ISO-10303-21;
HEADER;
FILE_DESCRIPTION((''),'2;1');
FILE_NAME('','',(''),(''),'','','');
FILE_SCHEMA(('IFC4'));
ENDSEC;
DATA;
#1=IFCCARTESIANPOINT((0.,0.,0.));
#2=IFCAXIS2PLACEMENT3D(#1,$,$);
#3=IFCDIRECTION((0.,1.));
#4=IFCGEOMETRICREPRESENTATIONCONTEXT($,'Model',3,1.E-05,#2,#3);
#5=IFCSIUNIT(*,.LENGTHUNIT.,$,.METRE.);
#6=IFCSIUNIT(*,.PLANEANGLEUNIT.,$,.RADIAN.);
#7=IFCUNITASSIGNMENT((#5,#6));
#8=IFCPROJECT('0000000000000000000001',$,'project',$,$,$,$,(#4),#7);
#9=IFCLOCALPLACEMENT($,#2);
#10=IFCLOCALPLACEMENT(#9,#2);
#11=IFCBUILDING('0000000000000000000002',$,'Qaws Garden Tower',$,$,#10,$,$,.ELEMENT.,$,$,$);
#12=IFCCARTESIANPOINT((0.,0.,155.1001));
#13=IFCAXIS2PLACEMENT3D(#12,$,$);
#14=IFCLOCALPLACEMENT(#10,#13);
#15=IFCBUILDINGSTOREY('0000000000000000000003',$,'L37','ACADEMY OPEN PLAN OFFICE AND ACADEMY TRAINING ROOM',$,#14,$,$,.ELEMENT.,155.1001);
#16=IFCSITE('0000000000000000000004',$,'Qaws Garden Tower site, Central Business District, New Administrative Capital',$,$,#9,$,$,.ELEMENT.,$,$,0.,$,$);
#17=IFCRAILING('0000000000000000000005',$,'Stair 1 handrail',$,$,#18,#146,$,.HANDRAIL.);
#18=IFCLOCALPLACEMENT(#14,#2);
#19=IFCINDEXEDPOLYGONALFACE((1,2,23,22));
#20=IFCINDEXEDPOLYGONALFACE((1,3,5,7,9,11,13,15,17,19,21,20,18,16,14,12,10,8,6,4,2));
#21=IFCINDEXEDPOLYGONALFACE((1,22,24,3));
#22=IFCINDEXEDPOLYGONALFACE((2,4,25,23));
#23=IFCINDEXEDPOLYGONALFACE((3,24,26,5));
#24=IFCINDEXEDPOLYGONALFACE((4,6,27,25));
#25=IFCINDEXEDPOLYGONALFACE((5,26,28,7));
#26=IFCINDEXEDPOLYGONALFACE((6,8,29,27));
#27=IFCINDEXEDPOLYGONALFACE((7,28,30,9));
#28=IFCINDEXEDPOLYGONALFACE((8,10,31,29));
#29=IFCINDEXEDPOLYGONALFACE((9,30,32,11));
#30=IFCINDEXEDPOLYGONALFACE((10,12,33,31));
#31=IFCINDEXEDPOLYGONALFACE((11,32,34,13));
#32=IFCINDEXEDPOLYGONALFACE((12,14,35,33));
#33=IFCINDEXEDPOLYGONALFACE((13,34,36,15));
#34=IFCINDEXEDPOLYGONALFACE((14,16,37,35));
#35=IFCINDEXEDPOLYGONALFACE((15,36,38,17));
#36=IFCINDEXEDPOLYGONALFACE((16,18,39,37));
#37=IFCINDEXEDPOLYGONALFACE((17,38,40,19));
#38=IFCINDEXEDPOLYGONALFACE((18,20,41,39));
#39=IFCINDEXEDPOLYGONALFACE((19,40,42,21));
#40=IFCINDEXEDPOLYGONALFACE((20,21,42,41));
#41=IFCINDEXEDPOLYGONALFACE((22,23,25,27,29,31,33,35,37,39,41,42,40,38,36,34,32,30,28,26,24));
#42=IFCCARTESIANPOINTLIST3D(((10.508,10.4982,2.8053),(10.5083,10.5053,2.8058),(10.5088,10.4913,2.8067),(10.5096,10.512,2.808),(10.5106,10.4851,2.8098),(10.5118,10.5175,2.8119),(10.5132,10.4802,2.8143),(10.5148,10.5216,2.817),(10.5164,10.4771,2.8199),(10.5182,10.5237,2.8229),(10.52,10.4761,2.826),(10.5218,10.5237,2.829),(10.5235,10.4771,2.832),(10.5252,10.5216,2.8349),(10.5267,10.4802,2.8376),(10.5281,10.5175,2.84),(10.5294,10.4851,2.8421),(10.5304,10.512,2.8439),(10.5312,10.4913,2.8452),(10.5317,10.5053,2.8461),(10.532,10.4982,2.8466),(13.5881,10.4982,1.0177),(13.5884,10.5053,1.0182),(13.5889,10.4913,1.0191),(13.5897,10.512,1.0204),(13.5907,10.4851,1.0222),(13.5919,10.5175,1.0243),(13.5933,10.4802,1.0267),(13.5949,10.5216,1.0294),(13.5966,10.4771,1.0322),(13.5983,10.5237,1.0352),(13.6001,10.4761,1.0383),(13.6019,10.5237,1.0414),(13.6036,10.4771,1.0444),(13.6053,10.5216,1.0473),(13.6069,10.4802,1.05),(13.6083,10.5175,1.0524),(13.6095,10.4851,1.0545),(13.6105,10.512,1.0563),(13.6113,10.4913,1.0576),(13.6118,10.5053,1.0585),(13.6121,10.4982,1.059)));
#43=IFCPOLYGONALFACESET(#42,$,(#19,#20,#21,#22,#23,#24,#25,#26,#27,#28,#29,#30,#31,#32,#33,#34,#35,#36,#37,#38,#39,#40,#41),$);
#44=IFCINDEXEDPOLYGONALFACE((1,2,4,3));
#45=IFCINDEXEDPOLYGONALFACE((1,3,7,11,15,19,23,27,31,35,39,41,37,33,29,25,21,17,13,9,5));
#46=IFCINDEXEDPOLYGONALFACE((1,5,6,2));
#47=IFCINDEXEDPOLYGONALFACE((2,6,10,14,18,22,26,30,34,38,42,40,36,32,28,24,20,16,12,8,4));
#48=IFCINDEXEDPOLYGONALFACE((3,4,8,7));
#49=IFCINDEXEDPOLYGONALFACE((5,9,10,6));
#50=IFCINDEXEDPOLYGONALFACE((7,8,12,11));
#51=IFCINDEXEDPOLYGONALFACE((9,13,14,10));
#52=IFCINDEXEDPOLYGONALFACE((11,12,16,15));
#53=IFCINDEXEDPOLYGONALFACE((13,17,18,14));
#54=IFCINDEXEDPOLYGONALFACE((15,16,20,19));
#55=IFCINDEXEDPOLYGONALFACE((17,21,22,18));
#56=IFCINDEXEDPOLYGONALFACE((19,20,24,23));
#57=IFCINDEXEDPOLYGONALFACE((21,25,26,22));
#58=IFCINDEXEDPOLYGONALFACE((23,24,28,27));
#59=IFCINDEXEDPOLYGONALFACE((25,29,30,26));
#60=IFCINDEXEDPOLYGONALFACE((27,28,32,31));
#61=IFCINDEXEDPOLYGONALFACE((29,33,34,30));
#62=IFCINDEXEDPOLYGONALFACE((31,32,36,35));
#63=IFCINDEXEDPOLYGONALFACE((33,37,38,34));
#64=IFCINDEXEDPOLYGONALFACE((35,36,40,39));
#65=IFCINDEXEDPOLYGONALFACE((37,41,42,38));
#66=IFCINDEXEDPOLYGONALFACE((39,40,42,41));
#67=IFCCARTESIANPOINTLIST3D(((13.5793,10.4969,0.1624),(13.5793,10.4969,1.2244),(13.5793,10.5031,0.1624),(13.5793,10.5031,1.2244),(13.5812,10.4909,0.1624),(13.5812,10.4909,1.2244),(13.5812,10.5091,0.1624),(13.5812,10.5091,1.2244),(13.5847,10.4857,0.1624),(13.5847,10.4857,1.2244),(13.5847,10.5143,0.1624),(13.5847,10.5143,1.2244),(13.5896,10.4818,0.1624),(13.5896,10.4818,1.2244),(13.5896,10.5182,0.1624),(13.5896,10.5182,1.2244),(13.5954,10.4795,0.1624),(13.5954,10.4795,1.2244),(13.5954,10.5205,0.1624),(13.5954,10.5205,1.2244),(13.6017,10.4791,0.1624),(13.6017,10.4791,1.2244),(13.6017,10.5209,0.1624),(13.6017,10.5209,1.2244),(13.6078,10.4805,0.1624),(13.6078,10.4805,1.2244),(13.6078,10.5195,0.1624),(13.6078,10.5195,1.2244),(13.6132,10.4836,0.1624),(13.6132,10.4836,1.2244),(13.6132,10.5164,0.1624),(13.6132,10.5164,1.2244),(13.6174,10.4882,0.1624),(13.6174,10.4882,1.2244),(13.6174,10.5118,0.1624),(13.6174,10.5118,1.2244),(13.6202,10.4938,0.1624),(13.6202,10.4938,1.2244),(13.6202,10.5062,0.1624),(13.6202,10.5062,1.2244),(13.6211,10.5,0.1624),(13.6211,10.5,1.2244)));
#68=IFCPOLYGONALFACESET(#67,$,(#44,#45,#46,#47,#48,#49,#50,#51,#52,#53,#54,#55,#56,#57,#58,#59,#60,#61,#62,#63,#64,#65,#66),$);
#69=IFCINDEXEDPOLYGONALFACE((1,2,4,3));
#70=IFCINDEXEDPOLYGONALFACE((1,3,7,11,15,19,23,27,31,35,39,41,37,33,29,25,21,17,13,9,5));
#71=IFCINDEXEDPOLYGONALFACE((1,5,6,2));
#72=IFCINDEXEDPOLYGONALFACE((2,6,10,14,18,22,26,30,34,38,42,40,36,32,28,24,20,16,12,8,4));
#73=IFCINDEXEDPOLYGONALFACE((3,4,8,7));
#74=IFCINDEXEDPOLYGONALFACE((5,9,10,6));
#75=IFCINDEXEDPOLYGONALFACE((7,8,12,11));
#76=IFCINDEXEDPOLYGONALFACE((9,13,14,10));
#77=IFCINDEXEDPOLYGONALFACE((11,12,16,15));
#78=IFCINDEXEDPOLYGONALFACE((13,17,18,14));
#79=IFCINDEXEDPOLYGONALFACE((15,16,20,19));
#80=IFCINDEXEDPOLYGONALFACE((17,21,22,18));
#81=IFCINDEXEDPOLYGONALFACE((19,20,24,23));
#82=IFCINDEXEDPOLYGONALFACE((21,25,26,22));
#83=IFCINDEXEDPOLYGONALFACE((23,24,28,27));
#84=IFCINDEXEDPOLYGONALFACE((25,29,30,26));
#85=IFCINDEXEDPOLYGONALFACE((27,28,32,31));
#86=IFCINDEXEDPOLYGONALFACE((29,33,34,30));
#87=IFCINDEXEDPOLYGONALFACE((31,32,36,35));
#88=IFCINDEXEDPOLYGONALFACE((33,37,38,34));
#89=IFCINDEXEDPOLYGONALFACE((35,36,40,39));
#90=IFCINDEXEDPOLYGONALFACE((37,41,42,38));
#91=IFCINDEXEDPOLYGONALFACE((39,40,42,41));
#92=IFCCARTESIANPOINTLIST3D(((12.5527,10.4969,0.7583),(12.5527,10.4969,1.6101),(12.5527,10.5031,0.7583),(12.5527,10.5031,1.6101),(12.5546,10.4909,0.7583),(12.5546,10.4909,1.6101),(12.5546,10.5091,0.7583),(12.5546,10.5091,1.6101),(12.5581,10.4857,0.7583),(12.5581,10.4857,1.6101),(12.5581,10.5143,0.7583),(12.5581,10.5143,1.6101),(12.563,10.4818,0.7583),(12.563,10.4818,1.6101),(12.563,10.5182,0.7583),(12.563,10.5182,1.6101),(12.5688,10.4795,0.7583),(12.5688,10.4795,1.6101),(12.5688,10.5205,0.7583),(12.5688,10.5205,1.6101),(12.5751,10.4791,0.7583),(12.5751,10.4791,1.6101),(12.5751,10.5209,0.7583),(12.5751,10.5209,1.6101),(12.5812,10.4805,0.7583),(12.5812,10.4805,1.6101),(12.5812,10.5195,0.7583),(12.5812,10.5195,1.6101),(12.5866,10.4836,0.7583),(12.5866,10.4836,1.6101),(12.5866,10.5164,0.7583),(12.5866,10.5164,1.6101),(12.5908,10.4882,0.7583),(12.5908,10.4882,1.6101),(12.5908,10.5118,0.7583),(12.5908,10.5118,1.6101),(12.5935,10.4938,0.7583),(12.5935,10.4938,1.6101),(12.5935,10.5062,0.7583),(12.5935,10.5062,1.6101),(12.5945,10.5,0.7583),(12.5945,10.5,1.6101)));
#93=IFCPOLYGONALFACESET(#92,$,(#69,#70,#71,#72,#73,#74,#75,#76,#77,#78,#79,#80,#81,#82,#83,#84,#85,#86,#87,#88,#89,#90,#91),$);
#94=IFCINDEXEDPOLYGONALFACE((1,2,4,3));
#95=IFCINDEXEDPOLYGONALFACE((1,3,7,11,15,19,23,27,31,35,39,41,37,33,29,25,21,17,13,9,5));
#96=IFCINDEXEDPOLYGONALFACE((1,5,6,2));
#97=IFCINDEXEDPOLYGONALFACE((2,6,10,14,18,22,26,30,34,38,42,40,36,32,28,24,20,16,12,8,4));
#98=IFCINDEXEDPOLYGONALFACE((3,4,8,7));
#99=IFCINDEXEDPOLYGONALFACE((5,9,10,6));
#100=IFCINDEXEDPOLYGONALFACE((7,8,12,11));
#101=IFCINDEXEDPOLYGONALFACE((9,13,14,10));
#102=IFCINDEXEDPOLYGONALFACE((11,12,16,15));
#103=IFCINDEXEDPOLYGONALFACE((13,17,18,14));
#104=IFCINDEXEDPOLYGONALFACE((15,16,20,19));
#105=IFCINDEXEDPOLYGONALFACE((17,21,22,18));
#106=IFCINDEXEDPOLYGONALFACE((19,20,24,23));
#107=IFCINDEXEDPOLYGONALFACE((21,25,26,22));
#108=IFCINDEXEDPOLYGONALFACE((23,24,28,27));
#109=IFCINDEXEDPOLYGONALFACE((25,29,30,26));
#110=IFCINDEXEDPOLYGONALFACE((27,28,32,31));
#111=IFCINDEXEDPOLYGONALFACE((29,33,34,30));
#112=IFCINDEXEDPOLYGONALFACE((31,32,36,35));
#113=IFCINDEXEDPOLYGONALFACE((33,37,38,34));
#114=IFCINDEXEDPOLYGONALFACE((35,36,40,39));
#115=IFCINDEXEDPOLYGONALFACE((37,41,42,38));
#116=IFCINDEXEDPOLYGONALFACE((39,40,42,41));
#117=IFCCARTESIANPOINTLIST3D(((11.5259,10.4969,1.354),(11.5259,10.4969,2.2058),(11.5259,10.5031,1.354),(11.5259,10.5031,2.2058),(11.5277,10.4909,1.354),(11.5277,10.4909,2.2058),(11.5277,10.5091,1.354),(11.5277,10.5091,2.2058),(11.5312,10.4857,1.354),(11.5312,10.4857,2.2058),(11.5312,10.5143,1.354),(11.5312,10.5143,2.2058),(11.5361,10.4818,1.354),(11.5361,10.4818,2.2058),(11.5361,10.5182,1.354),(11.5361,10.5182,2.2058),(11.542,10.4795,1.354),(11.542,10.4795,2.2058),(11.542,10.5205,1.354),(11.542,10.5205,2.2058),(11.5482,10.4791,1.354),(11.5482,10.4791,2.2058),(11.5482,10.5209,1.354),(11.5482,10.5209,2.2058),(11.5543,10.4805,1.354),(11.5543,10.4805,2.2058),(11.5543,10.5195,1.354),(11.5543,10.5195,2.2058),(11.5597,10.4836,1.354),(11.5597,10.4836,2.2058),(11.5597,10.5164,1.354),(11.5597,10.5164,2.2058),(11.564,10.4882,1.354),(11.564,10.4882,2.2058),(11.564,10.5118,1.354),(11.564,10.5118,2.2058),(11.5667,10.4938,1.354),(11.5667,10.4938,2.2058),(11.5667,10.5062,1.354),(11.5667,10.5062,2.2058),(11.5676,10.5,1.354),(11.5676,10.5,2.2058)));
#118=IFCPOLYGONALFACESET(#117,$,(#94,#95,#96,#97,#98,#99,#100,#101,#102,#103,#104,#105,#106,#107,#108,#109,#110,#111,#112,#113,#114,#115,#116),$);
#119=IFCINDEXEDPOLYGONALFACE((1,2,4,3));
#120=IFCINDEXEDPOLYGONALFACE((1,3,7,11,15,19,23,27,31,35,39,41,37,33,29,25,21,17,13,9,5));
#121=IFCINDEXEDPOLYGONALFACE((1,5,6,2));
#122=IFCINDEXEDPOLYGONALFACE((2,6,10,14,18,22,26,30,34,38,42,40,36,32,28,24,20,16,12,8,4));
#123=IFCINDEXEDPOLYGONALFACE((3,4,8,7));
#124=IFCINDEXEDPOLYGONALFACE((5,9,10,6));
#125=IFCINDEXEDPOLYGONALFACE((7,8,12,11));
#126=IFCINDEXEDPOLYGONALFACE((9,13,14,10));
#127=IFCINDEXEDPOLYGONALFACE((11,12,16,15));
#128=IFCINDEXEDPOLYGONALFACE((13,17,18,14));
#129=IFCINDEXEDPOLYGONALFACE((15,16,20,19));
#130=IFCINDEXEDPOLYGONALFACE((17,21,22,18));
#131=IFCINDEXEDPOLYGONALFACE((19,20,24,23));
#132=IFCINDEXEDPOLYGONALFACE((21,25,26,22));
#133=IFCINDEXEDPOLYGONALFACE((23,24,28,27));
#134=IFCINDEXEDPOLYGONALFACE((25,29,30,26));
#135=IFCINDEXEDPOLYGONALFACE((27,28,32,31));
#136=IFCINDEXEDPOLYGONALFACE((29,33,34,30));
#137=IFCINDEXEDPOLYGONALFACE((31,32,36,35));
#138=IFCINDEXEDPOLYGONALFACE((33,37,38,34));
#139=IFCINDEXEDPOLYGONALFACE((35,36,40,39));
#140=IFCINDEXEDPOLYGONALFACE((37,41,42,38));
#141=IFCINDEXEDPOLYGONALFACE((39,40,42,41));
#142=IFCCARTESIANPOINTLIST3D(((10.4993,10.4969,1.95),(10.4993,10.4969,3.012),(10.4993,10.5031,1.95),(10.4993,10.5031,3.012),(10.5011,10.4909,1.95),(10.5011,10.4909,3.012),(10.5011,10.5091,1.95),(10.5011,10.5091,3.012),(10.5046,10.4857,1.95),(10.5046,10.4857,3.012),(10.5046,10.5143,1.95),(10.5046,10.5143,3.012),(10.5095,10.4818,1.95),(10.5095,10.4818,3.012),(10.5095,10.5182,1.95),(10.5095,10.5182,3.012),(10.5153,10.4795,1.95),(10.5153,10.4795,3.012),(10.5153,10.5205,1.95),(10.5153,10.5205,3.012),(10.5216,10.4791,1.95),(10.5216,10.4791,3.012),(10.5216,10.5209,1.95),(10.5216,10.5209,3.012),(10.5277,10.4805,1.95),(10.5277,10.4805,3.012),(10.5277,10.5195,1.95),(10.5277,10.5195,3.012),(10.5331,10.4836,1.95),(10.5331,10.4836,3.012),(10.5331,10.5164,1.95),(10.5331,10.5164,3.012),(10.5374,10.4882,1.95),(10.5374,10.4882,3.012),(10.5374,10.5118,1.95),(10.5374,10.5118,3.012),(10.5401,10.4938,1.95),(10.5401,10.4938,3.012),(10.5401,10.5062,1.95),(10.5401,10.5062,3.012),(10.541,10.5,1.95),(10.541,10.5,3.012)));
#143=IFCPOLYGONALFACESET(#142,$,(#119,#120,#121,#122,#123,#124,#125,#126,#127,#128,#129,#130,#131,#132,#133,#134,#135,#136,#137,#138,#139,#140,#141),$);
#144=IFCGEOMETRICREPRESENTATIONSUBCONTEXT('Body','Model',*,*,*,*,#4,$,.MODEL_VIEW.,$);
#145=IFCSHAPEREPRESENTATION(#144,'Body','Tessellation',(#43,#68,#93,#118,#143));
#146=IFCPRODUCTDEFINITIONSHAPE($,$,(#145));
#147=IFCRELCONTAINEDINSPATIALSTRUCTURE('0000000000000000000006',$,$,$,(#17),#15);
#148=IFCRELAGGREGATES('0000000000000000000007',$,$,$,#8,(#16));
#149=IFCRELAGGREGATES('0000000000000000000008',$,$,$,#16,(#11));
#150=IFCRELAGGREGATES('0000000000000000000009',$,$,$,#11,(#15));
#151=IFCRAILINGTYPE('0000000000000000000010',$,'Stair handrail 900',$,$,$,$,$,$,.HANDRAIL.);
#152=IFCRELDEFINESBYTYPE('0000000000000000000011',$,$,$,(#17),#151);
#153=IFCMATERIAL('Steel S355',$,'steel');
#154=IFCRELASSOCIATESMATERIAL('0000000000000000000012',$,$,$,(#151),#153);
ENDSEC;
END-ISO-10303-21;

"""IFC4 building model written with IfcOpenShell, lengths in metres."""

from ifc_helpers import new_model, si_unit, direction, frame, origin, origin_2d, place, context, subcontext, project, spatial, circle, extrude, material, type_object, element, save


model = new_model("IFC4")

# Units and contexts
model_context = context("Model", 3, precision=1e-05, world=origin(), true_north=direction((0.0, 1.0)))
body_context = subcontext(model_context, "Body", "Model", "MODEL_VIEW")
ifc_project = project(units=[si_unit("LENGTHUNIT", "METRE"), si_unit("PLANEANGLEUNIT", "RADIAN")], contexts=[model_context])

# Site, building, storey
site_placement = place(None, origin())
site = spatial("IfcSite", under=ifc_project, at=site_placement, Name="Qaws Garden Tower site, Central Business District, New Administrative Capital", CompositionType="ELEMENT", RefElevation=0.0)
building_placement = place(site_placement, origin())
building = spatial("IfcBuilding", under=site, at=building_placement, Name="Qaws Garden Tower", CompositionType="ELEMENT")
storey_placement = place(building_placement, frame((0.0, 0.0, 155.1001)))
storey = spatial("IfcBuildingStorey", under=building, at=storey_placement, Name="L37", Description="ACADEMY OPEN PLAN OFFICE AND ACADEMY TRAINING ROOM", CompositionType="ELEMENT", Elevation=155.1001)

# Railing
ifc_material_1 = material(Name="Steel S355", Category="steel")
railing_type = type_object("IfcRailingType", Name="Stair handrail 900", PredefinedType="HANDRAIL", material=ifc_material_1)
railing_1_placement = place(storey_placement, frame((13.6001, 10.5, 0.1624)))
element("IfcRailing", 1, at=railing_1_placement, inside=storey, type_object=railing_type, Name="Stair 1 handrail", PredefinedType="HANDRAIL", context=body_context, shape_type="SweptSolid", body=[
    extrude(circle(Radius=0.0239, at=origin_2d()), frame((0.0, 0.0, 0.876), z_axis=(-0.864891, 0.0, 0.50196), x_axis=(0.0, -1.0, 0.0)), (0.0, 0.0, 1.0), 3.5613),
    extrude(circle(Radius=0.021, at=origin_2d()), origin(), (0.0, 0.0, 1.0), 1.062),
    extrude(circle(Radius=0.021, at=origin_2d()), frame((-1.0266, 0.0, 0.5959)), (0.0, 0.0, 1.0), 0.8518),
    extrude(circle(Radius=0.021, at=origin_2d()), frame((-2.0535, 0.0, 1.1917)), (0.0, 0.0, 1.0), 0.8518),
    extrude(circle(Radius=0.021, at=origin_2d()), frame((-3.0801, 0.0, 1.7876)), (0.0, 0.0, 1.0), 1.062),
])

save(model, "model.ifc")
